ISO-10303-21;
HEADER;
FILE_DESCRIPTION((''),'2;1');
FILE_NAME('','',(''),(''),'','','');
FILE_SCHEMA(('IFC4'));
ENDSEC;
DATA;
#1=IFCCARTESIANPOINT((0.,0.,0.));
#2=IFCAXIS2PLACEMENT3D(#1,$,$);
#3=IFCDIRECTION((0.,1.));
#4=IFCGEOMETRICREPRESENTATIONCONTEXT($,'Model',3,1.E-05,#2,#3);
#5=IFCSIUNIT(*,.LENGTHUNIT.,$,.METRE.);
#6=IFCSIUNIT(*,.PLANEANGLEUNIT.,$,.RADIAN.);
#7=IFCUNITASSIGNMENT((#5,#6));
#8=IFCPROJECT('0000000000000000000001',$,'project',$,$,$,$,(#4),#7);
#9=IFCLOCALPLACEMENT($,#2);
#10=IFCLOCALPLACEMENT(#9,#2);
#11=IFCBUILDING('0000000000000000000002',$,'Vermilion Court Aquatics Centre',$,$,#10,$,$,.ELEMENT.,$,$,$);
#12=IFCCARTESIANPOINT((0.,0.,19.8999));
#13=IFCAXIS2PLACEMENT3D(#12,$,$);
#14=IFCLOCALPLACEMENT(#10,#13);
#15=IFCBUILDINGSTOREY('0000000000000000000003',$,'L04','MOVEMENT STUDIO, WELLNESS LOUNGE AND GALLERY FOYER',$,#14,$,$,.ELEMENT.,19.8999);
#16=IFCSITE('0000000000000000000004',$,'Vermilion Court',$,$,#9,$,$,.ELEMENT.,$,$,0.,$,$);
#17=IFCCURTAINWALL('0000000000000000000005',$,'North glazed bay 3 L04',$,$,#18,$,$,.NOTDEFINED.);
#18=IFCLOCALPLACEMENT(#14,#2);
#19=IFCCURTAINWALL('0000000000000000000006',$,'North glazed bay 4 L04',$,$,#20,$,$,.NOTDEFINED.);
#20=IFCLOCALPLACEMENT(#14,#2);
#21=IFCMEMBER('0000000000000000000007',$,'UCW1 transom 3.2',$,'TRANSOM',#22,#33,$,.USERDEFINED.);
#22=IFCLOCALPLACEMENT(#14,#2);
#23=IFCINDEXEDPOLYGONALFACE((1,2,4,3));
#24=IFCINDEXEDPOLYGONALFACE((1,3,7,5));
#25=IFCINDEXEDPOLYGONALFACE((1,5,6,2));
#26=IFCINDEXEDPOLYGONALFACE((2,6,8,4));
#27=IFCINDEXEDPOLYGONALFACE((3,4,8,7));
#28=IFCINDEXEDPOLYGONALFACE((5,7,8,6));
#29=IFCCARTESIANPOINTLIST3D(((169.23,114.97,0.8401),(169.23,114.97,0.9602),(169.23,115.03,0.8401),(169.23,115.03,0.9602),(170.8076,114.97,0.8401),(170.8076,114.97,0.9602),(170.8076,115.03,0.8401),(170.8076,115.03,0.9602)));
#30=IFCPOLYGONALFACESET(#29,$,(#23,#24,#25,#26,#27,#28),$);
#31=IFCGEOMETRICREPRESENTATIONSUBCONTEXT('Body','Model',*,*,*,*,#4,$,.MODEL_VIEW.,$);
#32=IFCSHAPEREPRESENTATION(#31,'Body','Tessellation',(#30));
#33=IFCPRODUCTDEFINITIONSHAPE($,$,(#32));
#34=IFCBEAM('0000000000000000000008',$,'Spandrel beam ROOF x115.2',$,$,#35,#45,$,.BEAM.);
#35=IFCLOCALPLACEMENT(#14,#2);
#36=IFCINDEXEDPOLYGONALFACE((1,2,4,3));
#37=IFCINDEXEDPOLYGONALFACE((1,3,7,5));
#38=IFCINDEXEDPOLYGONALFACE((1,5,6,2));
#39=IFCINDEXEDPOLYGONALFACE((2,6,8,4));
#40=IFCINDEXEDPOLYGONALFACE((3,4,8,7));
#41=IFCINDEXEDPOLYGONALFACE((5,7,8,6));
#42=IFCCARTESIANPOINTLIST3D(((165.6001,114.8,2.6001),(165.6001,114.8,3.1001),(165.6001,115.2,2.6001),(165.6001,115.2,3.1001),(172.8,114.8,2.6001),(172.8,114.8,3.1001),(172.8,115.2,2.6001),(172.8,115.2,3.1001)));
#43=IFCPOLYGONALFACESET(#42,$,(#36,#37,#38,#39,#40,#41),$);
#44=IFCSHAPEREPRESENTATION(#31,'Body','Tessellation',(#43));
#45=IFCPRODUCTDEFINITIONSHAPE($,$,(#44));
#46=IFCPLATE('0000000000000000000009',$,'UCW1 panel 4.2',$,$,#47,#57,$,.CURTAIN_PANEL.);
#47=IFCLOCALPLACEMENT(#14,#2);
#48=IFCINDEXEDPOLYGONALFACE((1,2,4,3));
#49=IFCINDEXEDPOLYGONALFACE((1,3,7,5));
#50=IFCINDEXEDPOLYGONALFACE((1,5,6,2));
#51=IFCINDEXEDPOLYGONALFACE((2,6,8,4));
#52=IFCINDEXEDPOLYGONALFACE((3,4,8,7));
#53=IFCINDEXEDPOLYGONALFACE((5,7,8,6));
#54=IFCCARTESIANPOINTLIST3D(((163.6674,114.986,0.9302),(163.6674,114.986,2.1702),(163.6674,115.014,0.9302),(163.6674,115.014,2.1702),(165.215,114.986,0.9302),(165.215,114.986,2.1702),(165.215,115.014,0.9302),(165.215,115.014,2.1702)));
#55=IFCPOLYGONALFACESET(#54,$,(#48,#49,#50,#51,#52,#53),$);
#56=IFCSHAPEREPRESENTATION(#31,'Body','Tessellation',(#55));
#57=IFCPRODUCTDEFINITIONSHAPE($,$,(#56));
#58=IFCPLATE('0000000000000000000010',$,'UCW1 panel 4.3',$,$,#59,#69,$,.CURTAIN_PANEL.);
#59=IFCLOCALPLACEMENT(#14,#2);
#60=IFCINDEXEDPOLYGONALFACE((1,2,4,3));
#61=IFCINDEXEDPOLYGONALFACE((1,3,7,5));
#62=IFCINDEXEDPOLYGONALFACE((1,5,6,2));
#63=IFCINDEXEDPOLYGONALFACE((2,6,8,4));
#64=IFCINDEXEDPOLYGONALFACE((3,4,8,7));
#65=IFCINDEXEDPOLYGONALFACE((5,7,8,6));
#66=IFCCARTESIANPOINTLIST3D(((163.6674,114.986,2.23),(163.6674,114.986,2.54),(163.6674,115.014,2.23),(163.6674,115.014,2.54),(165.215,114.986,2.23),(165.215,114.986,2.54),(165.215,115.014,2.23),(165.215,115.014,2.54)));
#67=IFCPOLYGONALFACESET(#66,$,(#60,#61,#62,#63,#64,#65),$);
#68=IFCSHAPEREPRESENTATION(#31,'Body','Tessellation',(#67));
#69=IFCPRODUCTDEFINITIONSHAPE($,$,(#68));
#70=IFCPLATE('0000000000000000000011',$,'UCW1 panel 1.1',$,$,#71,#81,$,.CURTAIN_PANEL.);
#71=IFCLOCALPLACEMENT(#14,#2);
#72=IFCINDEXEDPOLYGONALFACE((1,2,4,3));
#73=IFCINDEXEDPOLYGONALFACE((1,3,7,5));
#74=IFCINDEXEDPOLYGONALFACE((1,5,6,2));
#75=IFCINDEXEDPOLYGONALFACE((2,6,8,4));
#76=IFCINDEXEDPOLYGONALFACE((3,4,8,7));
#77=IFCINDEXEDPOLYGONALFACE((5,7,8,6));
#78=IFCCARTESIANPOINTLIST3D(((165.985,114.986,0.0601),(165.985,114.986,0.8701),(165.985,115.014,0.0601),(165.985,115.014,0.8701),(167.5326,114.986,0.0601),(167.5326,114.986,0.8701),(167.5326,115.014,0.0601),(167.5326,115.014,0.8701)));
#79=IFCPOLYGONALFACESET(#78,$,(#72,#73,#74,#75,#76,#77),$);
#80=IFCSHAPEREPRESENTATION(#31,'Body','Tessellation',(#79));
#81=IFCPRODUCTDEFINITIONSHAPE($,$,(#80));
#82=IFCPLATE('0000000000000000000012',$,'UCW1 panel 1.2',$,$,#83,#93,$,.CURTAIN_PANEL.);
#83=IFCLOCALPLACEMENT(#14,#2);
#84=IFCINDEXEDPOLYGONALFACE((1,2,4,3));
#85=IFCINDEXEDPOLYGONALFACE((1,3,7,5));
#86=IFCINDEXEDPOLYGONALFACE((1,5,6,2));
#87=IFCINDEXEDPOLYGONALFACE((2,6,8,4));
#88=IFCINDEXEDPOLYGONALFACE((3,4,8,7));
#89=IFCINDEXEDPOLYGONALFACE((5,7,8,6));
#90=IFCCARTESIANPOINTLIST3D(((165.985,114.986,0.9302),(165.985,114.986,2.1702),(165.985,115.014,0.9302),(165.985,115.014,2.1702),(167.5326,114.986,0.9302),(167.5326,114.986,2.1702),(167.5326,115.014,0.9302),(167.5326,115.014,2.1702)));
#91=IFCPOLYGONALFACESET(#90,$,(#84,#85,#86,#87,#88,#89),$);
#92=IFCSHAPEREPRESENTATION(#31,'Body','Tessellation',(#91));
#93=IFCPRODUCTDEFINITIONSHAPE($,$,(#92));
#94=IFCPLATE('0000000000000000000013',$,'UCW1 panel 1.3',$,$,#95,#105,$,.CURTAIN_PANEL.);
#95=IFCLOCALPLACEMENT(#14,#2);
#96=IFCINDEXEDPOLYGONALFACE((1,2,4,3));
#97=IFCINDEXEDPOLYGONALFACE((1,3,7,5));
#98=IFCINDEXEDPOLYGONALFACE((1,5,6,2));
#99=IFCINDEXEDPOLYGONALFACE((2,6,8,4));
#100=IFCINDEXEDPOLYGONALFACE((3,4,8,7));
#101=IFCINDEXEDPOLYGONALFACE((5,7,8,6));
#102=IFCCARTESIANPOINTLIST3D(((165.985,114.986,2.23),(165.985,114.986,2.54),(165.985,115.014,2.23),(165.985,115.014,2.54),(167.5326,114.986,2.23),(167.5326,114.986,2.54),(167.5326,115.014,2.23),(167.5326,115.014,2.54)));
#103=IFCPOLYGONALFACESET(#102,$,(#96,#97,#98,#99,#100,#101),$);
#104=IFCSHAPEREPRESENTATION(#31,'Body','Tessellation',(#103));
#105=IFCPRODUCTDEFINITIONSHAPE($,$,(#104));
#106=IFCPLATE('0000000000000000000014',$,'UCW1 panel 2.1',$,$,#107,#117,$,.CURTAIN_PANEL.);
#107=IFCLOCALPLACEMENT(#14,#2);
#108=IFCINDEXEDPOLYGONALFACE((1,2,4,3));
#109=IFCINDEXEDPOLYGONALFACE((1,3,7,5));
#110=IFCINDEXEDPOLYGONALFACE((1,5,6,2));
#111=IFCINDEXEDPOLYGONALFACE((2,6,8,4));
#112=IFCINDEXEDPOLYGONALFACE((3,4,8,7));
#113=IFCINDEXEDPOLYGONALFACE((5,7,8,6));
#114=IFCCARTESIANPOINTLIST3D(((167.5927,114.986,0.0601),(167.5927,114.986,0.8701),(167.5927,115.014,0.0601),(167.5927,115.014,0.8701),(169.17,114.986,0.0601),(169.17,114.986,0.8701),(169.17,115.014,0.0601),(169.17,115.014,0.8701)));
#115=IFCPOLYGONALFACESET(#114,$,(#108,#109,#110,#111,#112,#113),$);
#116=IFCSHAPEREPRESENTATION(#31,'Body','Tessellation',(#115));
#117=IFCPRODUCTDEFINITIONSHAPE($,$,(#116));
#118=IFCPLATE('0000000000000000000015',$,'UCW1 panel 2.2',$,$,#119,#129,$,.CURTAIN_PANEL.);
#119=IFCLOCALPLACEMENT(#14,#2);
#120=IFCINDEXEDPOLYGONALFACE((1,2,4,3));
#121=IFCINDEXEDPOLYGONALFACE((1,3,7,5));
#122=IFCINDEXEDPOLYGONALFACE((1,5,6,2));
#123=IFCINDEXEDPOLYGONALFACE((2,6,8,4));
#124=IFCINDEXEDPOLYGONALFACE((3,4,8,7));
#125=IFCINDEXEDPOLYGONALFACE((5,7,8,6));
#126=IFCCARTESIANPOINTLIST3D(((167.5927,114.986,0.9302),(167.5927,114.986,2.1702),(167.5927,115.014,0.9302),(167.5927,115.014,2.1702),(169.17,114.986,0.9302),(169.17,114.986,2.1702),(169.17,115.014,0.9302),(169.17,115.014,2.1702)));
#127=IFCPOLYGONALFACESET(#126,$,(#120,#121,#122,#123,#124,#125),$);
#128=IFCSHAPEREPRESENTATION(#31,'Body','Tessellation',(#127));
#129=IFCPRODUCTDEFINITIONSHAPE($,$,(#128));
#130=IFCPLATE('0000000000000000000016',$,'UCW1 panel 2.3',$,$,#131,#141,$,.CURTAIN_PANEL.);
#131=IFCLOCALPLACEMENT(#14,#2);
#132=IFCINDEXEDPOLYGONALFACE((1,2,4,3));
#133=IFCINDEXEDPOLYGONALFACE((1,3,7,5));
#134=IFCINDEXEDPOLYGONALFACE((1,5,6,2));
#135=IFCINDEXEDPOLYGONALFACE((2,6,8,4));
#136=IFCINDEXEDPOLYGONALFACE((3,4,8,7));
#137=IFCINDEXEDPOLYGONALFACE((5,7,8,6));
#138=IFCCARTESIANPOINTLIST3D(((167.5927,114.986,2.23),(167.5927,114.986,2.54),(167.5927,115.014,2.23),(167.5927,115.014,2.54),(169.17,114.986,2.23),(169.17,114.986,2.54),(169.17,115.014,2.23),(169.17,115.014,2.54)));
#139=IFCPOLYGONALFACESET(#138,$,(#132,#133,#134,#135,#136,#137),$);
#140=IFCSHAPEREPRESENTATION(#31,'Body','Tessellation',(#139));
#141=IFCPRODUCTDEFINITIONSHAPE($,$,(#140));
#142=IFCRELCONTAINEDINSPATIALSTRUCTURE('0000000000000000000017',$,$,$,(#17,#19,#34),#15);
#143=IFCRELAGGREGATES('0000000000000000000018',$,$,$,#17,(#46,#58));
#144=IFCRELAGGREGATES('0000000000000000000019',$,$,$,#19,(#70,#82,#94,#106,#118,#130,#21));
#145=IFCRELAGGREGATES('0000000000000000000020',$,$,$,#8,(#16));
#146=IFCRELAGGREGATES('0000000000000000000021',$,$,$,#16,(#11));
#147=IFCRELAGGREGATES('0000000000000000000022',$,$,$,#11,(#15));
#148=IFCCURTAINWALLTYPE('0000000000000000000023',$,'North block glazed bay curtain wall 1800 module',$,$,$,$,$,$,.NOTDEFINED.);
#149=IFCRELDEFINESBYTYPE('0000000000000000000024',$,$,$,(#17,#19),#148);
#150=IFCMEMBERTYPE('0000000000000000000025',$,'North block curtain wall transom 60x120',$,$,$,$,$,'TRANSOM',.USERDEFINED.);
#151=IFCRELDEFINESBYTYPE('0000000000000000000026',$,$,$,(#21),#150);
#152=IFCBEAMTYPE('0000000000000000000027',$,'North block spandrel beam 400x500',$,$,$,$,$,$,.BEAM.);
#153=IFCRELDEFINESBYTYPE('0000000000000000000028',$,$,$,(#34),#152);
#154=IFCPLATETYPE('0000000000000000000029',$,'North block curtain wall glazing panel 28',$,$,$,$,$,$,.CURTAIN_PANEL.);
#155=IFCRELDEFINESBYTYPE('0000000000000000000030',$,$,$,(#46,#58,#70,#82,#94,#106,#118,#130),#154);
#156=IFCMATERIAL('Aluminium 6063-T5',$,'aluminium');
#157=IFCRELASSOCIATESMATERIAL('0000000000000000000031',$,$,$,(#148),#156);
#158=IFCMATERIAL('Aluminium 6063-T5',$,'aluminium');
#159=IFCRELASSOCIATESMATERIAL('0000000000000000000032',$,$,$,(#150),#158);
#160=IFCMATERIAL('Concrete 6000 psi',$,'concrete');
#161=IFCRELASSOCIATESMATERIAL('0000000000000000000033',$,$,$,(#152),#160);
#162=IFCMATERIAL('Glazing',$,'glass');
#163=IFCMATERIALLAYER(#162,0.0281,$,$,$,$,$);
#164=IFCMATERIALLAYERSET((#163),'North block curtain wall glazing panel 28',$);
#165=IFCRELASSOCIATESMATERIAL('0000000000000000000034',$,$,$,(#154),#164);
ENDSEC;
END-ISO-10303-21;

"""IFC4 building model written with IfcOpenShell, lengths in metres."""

from ifc_helpers import new_model, si_unit, direction, frame, origin, origin_2d, place, context, subcontext, project, spatial, rectangle, extrude, material, layer, layer_set, material_profile, profile_set, type_object, element, aggregate, save


model = new_model("IFC4")

# Units and contexts
model_context = context("Model", 3, precision=1e-05, world=origin(), true_north=direction((0.0, 1.0)))
body_context = subcontext(model_context, "Body", "Model", "MODEL_VIEW")
ifc_project = project(units=[si_unit("LENGTHUNIT", "METRE"), si_unit("PLANEANGLEUNIT", "RADIAN")], contexts=[model_context])

# Site, building, storey
site_placement = place(None, origin())
site = spatial("IfcSite", under=ifc_project, at=site_placement, Name="Vermilion Court", CompositionType="ELEMENT", RefElevation=0.0)
building_placement = place(site_placement, origin())
building = spatial("IfcBuilding", under=site, at=building_placement, Name="Vermilion Court Aquatics Centre", CompositionType="ELEMENT")
storey_placement = place(building_placement, frame((0.0, 0.0, 19.8999)))
storey = spatial("IfcBuildingStorey", under=building, at=storey_placement, Name="L04", Description="MOVEMENT STUDIO, WELLNESS LOUNGE AND GALLERY FOYER", CompositionType="ELEMENT", Elevation=19.8999)

# Curtain wall
ifc_material_1 = material(Name="Aluminium 6063-T5", Category="aluminium")
curtain_wall_type = type_object("IfcCurtainWallType", Name="North block glazed bay curtain wall 1800 module", PredefinedType="NOTDEFINED", material=ifc_material_1)
curtain_wall_1_placement = place(storey_placement, origin())
curtain_wall_1 = element("IfcCurtainWall", 1, at=curtain_wall_1_placement, inside=storey, type_object=curtain_wall_type, Name="North glazed bay 3 L04", PredefinedType="NOTDEFINED")

# Curtain wall, member
curtain_wall_2_placement = place(storey_placement, origin())
curtain_wall_2 = element("IfcCurtainWall", 2, at=curtain_wall_2_placement, inside=storey, type_object=curtain_wall_type, Name="North glazed bay 4 L04", PredefinedType="NOTDEFINED")
ifc_material_2 = material(Name="Aluminium 6063-T5", Category="aluminium")
ifc_material_profile_1 = material_profile(ifc_material_2, rectangle(XDim=0.0601, YDim=0.1201, at=origin_2d()), Name="AL 60x120")
ifc_profile_set_1 = profile_set([ifc_material_profile_1], Name="Aluminium 6063-T5")
member_type_1 = type_object("IfcMemberType", Name="North block curtain wall transom 60x120", ElementType="TRANSOM", PredefinedType="USERDEFINED", material=ifc_profile_set_1)
member_1_placement = place(storey_placement, frame((169.23, 115.0, 0.9001), z_axis=(1.0, 0.0, 0.0), x_axis=(0.0, 1.0, 0.0)))
member_1 = element("IfcMember", 3, at=member_1_placement, type_object=member_type_1, Name="UCW1 transom 3.2", ObjectType="TRANSOM", PredefinedType="USERDEFINED", context=body_context, shape_type="SweptSolid", body=[
    extrude(rectangle(XDim=0.0601, YDim=0.1201, at=origin_2d()), origin(), (0.0, 0.0, 1.0), 1.5776),
])

# Beam
ifc_material_3 = material(Name="Concrete 6000 psi", Category="concrete")
ifc_material_profile_2 = material_profile(ifc_material_3, rectangle(XDim=0.3999, YDim=0.5, at=origin_2d()), Name="RC 400x500")
ifc_profile_set_2 = profile_set([ifc_material_profile_2], Name="Concrete 6000 psi")
beam_type = type_object("IfcBeamType", Name="North block spandrel beam 400x500", PredefinedType="BEAM", material=ifc_profile_set_2)
beam_placement = place(storey_placement, frame((165.6001, 115.0, 2.8501), z_axis=(1.0, 0.0, 0.0), x_axis=(0.0, 1.0, 0.0)))
element("IfcBeam", 4, at=beam_placement, inside=storey, type_object=beam_type, Name="Spandrel beam ROOF x115.2", PredefinedType="BEAM", context=body_context, shape_type="SweptSolid", body=[
    extrude(rectangle(XDim=0.3999, YDim=0.5, at=origin_2d()), origin(), (0.0, 0.0, 1.0), 7.2),
])

# Plates
ifc_material_4 = material(Name="Glazing", Category="glass")
ifc_layer = layer(ifc_material_4, 0.0281)
ifc_layer_set = layer_set([ifc_layer], Name="North block curtain wall glazing panel 28")
plate_type = type_object("IfcPlateType", Name="North block curtain wall glazing panel 28", PredefinedType="CURTAIN_PANEL", material=ifc_layer_set)
plate_1_placement = place(storey_placement, frame((164.4412, 115.0, 0.9302), z_axis=(0.0, 0.0, 1.0), x_axis=(1.0, 0.0, 0.0)))
plate_1 = element("IfcPlate", 5, at=plate_1_placement, type_object=plate_type, Name="UCW1 panel 4.2", PredefinedType="CURTAIN_PANEL", context=body_context, shape_type="SweptSolid", body=[
    extrude(rectangle(XDim=1.5476, YDim=0.0281, at=origin_2d()), origin(), (0.0, 0.0, 1.0), 1.24),
])
plate_2_placement = place(storey_placement, frame((164.4412, 115.0, 2.23), z_axis=(0.0, 0.0, 1.0), x_axis=(1.0, 0.0, 0.0)))
plate_2 = element("IfcPlate", 6, at=plate_2_placement, type_object=plate_type, Name="UCW1 panel 4.3", PredefinedType="CURTAIN_PANEL", context=body_context, shape_type="SweptSolid", body=[
    extrude(rectangle(XDim=1.5476, YDim=0.0281, at=origin_2d()), origin(), (0.0, 0.0, 1.0), 0.3101),
])
aggregate(curtain_wall_1, [plate_1, plate_2])
plate_3_placement = place(storey_placement, frame((166.7588, 115.0, 0.0601), z_axis=(0.0, 0.0, 1.0), x_axis=(1.0, 0.0, 0.0)))
plate_3 = element("IfcPlate", 7, at=plate_3_placement, type_object=plate_type, Name="UCW1 panel 1.1", PredefinedType="CURTAIN_PANEL", context=body_context, shape_type="SweptSolid", body=[
    extrude(rectangle(XDim=1.5476, YDim=0.0281, at=origin_2d()), origin(), (0.0, 0.0, 1.0), 0.8101),
])
plate_4_placement = place(storey_placement, frame((166.7588, 115.0, 0.9302), z_axis=(0.0, 0.0, 1.0), x_axis=(1.0, 0.0, 0.0)))
plate_4 = element("IfcPlate", 8, at=plate_4_placement, type_object=plate_type, Name="UCW1 panel 1.2", PredefinedType="CURTAIN_PANEL", context=body_context, shape_type="SweptSolid", body=[
    extrude(rectangle(XDim=1.5476, YDim=0.0281, at=origin_2d()), origin(), (0.0, 0.0, 1.0), 1.24),
])
plate_5_placement = place(storey_placement, frame((166.7588, 115.0, 2.23), z_axis=(0.0, 0.0, 1.0), x_axis=(1.0, 0.0, 0.0)))
plate_5 = element("IfcPlate", 9, at=plate_5_placement, type_object=plate_type, Name="UCW1 panel 1.3", PredefinedType="CURTAIN_PANEL", context=body_context, shape_type="SweptSolid", body=[
    extrude(rectangle(XDim=1.5476, YDim=0.0281, at=origin_2d()), origin(), (0.0, 0.0, 1.0), 0.3101),
])
plate_6_placement = place(storey_placement, frame((168.3813, 115.0, 0.0601), z_axis=(0.0, 0.0, 1.0), x_axis=(1.0, 0.0, 0.0)))
plate_6 = element("IfcPlate", 10, at=plate_6_placement, type_object=plate_type, Name="UCW1 panel 2.1", PredefinedType="CURTAIN_PANEL", context=body_context, shape_type="SweptSolid", body=[
    extrude(rectangle(XDim=1.5774, YDim=0.0281, at=origin_2d()), origin(), (0.0, 0.0, 1.0), 0.8101),
])
plate_7_placement = place(storey_placement, frame((168.3813, 115.0, 0.9302), z_axis=(0.0, 0.0, 1.0), x_axis=(1.0, 0.0, 0.0)))
plate_7 = element("IfcPlate", 11, at=plate_7_placement, type_object=plate_type, Name="UCW1 panel 2.2", PredefinedType="CURTAIN_PANEL", context=body_context, shape_type="SweptSolid", body=[
    extrude(rectangle(XDim=1.5774, YDim=0.0281, at=origin_2d()), origin(), (0.0, 0.0, 1.0), 1.24),
])
plate_8_placement = place(storey_placement, frame((168.3813, 115.0, 2.23), z_axis=(0.0, 0.0, 1.0), x_axis=(1.0, 0.0, 0.0)))
plate_8 = element("IfcPlate", 12, at=plate_8_placement, type_object=plate_type, Name="UCW1 panel 2.3", PredefinedType="CURTAIN_PANEL", context=body_context, shape_type="SweptSolid", body=[
    extrude(rectangle(XDim=1.5774, YDim=0.0281, at=origin_2d()), origin(), (0.0, 0.0, 1.0), 0.3101),
])
aggregate(curtain_wall_2, [plate_3, plate_4, plate_5, plate_6, plate_7, plate_8, member_1])

save(model, "model.ifc")
